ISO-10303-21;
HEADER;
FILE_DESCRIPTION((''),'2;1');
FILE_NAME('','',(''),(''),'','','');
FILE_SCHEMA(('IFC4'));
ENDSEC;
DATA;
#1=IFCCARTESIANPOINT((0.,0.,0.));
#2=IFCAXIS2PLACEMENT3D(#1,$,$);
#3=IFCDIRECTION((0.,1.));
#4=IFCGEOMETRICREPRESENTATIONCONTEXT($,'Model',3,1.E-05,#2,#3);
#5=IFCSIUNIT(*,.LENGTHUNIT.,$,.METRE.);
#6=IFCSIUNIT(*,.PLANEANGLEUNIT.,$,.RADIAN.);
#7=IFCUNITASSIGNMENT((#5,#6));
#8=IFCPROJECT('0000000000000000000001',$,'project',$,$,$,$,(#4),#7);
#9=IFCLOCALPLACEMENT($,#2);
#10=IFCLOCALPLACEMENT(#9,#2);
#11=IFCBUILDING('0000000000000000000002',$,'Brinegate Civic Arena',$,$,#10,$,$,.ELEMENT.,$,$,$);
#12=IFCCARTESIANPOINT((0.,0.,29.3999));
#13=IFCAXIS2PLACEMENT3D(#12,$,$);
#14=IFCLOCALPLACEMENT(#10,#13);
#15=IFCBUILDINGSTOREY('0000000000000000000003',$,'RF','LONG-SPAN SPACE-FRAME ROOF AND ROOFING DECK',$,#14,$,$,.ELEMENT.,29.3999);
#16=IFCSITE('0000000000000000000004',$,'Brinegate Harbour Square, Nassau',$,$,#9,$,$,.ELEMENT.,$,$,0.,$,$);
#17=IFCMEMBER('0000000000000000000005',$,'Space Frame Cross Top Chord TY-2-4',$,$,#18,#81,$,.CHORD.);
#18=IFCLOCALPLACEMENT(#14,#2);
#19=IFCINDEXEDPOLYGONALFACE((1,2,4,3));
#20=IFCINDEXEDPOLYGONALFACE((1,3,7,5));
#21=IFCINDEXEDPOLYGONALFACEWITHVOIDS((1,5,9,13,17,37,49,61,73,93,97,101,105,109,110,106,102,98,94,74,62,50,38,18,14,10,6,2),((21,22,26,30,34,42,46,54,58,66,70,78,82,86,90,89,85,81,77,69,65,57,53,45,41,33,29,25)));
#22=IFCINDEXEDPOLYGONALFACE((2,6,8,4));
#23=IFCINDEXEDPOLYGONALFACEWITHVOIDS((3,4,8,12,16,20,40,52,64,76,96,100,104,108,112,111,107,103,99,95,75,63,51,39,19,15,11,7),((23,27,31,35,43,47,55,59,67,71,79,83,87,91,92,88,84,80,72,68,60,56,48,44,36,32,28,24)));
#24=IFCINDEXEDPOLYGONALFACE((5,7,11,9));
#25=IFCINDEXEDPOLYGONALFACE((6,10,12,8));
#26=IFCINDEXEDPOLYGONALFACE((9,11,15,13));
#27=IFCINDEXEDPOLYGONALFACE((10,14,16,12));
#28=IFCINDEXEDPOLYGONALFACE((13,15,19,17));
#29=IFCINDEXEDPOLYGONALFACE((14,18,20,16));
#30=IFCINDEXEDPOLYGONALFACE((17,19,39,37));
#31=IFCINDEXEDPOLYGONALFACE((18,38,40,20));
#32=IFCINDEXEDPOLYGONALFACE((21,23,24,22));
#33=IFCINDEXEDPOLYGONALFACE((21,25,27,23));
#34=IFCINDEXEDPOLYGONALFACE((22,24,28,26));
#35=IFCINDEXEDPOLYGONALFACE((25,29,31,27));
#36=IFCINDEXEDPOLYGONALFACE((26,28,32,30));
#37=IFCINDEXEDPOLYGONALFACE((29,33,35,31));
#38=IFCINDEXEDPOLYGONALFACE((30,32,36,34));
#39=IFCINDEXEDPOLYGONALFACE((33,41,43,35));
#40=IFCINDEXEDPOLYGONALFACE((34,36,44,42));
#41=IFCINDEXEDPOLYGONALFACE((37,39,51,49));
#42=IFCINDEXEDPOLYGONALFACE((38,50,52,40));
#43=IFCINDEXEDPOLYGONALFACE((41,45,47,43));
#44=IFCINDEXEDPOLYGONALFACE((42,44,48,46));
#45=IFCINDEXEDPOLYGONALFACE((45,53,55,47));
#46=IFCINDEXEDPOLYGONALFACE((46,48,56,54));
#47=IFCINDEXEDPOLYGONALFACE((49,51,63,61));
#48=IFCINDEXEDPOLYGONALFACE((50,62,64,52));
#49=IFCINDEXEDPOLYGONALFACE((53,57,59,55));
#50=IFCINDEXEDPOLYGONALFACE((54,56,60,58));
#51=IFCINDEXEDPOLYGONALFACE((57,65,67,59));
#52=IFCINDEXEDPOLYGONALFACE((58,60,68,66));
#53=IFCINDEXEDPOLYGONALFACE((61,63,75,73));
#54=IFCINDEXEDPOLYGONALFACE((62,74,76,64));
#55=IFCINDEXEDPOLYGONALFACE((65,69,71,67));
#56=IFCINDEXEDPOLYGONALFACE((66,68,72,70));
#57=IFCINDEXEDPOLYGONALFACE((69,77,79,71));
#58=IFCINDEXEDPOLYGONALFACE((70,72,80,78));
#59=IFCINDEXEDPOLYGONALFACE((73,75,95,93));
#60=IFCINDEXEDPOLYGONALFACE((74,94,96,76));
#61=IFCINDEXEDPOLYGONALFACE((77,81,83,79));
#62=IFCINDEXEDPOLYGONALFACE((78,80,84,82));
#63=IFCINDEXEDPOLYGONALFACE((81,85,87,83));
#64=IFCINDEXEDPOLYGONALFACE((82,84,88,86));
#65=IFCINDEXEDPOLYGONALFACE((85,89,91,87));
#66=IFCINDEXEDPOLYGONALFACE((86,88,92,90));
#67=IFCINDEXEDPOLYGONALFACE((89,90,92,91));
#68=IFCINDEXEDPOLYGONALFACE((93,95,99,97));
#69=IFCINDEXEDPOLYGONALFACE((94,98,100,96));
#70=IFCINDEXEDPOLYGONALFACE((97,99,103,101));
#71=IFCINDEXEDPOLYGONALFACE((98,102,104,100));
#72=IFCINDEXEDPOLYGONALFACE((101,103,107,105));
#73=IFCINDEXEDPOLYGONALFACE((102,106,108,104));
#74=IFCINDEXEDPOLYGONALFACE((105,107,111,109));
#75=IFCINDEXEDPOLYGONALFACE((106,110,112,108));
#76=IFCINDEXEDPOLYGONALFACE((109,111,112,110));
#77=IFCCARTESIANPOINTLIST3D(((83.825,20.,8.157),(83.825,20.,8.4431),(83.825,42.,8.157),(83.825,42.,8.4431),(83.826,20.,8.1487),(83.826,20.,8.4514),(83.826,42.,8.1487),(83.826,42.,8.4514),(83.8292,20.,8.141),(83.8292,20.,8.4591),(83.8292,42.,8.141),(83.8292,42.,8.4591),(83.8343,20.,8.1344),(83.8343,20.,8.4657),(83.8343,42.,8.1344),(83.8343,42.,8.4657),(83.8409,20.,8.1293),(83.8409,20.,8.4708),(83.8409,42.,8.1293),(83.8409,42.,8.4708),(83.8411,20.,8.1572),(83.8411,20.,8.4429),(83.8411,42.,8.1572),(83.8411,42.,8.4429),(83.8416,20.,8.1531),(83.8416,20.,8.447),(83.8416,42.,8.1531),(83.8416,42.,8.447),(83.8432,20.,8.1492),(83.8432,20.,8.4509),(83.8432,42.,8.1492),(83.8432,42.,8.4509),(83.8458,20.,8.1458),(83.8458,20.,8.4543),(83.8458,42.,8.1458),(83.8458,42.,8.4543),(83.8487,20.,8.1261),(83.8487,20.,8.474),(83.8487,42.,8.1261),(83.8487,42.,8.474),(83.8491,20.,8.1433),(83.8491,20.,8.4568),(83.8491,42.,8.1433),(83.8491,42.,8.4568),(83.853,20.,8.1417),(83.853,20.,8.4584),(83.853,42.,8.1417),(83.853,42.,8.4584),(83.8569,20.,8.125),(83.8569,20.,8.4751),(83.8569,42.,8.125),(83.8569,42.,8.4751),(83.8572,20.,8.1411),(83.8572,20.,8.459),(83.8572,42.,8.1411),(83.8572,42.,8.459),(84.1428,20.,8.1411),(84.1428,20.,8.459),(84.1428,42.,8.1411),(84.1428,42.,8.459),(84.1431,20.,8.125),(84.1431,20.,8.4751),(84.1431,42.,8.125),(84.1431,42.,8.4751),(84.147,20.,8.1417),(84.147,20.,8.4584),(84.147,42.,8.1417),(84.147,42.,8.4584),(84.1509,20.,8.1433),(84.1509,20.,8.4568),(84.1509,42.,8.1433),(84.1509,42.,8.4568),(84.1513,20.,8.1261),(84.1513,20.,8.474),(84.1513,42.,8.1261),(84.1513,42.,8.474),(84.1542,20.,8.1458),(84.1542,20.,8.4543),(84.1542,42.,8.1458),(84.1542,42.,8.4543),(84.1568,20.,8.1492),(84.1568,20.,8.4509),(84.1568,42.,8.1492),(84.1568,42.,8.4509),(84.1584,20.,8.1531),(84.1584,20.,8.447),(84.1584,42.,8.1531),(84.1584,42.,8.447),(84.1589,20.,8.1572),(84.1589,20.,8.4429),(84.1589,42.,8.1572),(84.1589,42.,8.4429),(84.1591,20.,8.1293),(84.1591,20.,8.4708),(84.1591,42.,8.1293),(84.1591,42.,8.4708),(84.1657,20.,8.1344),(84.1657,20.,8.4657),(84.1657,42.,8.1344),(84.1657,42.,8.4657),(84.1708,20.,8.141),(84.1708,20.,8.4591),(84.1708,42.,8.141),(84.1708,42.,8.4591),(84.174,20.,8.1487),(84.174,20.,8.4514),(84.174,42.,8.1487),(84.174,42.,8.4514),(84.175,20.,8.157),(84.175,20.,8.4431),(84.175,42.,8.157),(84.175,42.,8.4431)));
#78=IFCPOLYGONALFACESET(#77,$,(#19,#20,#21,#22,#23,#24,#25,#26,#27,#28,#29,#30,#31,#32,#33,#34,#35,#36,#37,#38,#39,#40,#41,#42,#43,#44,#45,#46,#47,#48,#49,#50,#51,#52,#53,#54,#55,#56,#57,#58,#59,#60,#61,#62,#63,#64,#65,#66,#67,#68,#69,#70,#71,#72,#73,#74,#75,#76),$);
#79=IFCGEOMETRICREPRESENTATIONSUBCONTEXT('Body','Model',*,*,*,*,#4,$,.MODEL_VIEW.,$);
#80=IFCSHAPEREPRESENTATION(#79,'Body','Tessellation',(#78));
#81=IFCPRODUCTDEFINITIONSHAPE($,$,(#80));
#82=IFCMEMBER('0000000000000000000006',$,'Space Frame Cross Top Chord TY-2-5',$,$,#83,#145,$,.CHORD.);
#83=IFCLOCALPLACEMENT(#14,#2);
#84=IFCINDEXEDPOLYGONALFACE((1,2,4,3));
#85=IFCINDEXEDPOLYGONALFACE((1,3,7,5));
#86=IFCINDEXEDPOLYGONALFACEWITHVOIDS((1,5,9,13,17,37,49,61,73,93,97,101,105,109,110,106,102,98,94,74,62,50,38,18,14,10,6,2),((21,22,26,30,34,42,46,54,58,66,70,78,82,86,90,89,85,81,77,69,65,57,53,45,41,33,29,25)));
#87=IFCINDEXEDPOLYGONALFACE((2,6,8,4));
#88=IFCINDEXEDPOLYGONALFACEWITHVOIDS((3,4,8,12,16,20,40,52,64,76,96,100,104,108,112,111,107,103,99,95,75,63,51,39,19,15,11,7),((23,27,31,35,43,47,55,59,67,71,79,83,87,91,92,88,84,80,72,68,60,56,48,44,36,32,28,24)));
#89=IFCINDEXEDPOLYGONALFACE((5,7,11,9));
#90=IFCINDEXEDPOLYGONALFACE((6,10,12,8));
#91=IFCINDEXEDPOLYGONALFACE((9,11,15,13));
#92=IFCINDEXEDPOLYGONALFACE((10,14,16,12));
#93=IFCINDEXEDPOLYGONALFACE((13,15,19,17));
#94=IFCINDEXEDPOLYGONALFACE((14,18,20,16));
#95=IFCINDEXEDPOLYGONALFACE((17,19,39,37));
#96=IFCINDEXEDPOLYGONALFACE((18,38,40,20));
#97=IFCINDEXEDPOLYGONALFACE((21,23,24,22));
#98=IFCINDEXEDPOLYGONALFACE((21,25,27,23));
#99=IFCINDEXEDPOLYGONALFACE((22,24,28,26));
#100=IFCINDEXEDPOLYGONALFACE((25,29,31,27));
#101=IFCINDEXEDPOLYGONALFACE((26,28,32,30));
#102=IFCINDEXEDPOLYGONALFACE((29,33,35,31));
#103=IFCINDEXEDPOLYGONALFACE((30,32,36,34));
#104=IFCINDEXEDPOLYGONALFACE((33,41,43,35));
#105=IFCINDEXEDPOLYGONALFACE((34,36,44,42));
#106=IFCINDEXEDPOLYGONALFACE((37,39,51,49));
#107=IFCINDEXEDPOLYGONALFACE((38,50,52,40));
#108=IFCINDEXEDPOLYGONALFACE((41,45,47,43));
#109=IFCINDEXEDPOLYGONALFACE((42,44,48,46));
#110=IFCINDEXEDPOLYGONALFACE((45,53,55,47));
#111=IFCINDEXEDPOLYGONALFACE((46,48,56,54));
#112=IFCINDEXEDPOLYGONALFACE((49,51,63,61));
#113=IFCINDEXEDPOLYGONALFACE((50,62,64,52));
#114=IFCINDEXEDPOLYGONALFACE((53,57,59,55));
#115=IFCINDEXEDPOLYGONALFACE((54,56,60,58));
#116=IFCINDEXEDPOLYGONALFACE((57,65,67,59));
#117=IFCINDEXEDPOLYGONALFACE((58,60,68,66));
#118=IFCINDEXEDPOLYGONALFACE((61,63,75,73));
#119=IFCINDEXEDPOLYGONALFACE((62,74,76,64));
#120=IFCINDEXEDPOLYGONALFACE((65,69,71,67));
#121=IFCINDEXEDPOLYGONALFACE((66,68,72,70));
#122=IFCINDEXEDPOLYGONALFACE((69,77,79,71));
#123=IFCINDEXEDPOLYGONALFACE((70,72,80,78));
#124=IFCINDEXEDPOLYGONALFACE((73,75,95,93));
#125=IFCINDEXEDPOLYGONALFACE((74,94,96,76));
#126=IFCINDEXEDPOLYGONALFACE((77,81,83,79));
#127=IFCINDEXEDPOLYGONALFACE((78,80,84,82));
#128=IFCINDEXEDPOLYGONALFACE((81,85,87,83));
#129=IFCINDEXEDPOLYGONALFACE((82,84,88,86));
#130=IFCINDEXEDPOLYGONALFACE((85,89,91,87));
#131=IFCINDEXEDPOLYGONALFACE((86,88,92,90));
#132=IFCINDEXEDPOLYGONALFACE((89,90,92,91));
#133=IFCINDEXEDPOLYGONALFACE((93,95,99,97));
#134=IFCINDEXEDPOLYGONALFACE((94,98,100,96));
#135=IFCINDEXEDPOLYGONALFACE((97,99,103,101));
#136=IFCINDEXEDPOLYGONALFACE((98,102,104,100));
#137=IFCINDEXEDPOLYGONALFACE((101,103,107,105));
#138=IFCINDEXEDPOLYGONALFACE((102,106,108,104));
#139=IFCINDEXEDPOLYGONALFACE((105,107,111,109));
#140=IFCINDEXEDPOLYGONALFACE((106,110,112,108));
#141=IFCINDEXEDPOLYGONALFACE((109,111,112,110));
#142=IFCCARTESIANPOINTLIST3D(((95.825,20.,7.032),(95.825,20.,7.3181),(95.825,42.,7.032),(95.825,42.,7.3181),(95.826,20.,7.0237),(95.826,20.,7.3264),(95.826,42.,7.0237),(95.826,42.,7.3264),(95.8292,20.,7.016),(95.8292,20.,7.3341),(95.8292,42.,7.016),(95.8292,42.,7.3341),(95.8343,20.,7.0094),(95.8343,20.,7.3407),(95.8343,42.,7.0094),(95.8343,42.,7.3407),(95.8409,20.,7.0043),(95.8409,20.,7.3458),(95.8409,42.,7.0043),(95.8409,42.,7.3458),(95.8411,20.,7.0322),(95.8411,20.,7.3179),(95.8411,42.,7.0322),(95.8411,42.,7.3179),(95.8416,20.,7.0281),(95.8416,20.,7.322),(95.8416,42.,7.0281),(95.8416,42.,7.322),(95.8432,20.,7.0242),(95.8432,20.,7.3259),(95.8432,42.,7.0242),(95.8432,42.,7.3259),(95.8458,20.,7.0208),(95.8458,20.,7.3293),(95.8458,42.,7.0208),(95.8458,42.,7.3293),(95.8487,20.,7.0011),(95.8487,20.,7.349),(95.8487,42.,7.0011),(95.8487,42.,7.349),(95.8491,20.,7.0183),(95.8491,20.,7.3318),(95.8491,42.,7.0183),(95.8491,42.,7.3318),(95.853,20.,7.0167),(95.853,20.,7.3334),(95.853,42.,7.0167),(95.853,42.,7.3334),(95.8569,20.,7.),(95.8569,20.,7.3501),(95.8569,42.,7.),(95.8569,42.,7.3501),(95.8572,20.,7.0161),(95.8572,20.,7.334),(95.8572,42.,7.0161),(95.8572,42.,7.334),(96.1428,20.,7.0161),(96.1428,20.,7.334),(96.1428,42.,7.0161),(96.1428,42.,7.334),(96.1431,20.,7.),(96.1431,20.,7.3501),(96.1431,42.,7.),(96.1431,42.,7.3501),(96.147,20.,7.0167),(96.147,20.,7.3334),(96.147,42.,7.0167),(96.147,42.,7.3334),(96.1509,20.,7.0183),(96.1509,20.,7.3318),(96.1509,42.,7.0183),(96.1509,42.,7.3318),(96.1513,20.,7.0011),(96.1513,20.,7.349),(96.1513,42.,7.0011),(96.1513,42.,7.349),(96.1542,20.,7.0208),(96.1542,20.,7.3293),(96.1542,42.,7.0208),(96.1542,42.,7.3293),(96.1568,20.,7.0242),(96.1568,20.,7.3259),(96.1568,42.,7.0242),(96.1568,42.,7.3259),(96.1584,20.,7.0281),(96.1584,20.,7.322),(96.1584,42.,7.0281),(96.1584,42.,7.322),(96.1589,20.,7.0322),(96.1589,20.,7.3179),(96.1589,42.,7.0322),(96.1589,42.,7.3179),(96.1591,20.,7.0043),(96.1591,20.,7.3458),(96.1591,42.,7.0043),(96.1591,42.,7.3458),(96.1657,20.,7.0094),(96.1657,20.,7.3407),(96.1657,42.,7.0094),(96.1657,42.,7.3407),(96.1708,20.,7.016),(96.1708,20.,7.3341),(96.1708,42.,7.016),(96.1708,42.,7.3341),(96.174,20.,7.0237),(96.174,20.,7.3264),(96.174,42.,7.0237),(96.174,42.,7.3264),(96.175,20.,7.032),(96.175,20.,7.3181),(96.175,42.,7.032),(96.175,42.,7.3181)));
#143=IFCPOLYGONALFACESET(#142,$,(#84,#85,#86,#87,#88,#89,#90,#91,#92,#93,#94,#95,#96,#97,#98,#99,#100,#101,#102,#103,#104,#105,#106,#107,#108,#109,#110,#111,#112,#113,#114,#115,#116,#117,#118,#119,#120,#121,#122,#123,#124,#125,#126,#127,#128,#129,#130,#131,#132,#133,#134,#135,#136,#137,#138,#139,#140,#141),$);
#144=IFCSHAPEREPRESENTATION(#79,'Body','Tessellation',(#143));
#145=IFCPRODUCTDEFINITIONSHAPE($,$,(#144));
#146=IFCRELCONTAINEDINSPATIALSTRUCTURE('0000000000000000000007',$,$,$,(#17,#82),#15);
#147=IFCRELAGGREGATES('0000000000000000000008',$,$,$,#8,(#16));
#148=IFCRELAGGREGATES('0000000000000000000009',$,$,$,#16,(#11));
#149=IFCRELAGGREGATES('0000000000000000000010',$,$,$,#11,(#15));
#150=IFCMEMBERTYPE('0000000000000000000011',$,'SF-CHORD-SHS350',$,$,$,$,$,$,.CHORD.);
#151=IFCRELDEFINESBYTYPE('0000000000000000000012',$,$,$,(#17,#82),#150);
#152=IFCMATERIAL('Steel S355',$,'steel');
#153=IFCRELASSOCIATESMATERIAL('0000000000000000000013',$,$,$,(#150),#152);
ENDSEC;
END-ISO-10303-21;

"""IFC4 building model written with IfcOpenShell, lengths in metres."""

from ifc_helpers import new_model, si_unit, direction, frame, origin, origin_2d, place, context, subcontext, project, spatial, hollow_rectangle, extrude, material, material_profile, profile_set, type_object, element, save


model = new_model("IFC4")

# Units and contexts
model_context = context("Model", 3, precision=1e-05, world=origin(), true_north=direction((0.0, 1.0)))
body_context = subcontext(model_context, "Body", "Model", "MODEL_VIEW")
ifc_project = project(units=[si_unit("LENGTHUNIT", "METRE"), si_unit("PLANEANGLEUNIT", "RADIAN")], contexts=[model_context])

# Site, building, storey
site_placement = place(None, origin())
site = spatial("IfcSite", under=ifc_project, at=site_placement, Name="Brinegate Harbour Square, Nassau", CompositionType="ELEMENT", RefElevation=0.0)
building_placement = place(site_placement, origin())
building = spatial("IfcBuilding", under=site, at=building_placement, Name="Brinegate Civic Arena", CompositionType="ELEMENT")
storey_placement = place(building_placement, frame((0.0, 0.0, 29.3999)))
storey = spatial("IfcBuildingStorey", under=building, at=storey_placement, Name="RF", Description="LONG-SPAN SPACE-FRAME ROOF AND ROOFING DECK", CompositionType="ELEMENT", Elevation=29.3999)

# Members
ifc_material = material(Name="Steel S355", Category="steel")
ifc_material_profile_1 = material_profile(ifc_material, hollow_rectangle(XDim=0.3501, YDim=0.3501, WallThickness=0.0161, InnerFilletRadius=0.0161, OuterFilletRadius=0.032, at=origin_2d()), Name="SHS350X16")
ifc_profile_set_1 = profile_set([ifc_material_profile_1], Name="Steel S355")
member_type_1 = type_object("IfcMemberType", Name="SF-CHORD-SHS350", PredefinedType="CHORD", material=ifc_profile_set_1)
for number, where, z_axis, x_axis, name in (
    (1, (84.0, 20.0, 8.3), (0.0, 1.0, 0.0), (-1.0, 0.0, 0.0), "Space Frame Cross Top Chord TY-2-4"),
    (2, (96.0, 20.0, 7.175), (0.0, 1.0, 0.0), (-1.0, 0.0, 0.0), "Space Frame Cross Top Chord TY-2-5"),
):
    element("IfcMember", number, at=place(storey_placement, frame(where, z_axis=z_axis, x_axis=x_axis)), inside=storey, type_object=member_type_1, Name=name, PredefinedType="CHORD", context=body_context, shape_type="SweptSolid", body=[
        extrude(hollow_rectangle(XDim=0.3501, YDim=0.3501, WallThickness=0.0161, InnerFilletRadius=0.0161, OuterFilletRadius=0.032, at=origin_2d()), origin(), (0.0, 0.0, 1.0), 22.0),
    ])

save(model, "model.ifc")
